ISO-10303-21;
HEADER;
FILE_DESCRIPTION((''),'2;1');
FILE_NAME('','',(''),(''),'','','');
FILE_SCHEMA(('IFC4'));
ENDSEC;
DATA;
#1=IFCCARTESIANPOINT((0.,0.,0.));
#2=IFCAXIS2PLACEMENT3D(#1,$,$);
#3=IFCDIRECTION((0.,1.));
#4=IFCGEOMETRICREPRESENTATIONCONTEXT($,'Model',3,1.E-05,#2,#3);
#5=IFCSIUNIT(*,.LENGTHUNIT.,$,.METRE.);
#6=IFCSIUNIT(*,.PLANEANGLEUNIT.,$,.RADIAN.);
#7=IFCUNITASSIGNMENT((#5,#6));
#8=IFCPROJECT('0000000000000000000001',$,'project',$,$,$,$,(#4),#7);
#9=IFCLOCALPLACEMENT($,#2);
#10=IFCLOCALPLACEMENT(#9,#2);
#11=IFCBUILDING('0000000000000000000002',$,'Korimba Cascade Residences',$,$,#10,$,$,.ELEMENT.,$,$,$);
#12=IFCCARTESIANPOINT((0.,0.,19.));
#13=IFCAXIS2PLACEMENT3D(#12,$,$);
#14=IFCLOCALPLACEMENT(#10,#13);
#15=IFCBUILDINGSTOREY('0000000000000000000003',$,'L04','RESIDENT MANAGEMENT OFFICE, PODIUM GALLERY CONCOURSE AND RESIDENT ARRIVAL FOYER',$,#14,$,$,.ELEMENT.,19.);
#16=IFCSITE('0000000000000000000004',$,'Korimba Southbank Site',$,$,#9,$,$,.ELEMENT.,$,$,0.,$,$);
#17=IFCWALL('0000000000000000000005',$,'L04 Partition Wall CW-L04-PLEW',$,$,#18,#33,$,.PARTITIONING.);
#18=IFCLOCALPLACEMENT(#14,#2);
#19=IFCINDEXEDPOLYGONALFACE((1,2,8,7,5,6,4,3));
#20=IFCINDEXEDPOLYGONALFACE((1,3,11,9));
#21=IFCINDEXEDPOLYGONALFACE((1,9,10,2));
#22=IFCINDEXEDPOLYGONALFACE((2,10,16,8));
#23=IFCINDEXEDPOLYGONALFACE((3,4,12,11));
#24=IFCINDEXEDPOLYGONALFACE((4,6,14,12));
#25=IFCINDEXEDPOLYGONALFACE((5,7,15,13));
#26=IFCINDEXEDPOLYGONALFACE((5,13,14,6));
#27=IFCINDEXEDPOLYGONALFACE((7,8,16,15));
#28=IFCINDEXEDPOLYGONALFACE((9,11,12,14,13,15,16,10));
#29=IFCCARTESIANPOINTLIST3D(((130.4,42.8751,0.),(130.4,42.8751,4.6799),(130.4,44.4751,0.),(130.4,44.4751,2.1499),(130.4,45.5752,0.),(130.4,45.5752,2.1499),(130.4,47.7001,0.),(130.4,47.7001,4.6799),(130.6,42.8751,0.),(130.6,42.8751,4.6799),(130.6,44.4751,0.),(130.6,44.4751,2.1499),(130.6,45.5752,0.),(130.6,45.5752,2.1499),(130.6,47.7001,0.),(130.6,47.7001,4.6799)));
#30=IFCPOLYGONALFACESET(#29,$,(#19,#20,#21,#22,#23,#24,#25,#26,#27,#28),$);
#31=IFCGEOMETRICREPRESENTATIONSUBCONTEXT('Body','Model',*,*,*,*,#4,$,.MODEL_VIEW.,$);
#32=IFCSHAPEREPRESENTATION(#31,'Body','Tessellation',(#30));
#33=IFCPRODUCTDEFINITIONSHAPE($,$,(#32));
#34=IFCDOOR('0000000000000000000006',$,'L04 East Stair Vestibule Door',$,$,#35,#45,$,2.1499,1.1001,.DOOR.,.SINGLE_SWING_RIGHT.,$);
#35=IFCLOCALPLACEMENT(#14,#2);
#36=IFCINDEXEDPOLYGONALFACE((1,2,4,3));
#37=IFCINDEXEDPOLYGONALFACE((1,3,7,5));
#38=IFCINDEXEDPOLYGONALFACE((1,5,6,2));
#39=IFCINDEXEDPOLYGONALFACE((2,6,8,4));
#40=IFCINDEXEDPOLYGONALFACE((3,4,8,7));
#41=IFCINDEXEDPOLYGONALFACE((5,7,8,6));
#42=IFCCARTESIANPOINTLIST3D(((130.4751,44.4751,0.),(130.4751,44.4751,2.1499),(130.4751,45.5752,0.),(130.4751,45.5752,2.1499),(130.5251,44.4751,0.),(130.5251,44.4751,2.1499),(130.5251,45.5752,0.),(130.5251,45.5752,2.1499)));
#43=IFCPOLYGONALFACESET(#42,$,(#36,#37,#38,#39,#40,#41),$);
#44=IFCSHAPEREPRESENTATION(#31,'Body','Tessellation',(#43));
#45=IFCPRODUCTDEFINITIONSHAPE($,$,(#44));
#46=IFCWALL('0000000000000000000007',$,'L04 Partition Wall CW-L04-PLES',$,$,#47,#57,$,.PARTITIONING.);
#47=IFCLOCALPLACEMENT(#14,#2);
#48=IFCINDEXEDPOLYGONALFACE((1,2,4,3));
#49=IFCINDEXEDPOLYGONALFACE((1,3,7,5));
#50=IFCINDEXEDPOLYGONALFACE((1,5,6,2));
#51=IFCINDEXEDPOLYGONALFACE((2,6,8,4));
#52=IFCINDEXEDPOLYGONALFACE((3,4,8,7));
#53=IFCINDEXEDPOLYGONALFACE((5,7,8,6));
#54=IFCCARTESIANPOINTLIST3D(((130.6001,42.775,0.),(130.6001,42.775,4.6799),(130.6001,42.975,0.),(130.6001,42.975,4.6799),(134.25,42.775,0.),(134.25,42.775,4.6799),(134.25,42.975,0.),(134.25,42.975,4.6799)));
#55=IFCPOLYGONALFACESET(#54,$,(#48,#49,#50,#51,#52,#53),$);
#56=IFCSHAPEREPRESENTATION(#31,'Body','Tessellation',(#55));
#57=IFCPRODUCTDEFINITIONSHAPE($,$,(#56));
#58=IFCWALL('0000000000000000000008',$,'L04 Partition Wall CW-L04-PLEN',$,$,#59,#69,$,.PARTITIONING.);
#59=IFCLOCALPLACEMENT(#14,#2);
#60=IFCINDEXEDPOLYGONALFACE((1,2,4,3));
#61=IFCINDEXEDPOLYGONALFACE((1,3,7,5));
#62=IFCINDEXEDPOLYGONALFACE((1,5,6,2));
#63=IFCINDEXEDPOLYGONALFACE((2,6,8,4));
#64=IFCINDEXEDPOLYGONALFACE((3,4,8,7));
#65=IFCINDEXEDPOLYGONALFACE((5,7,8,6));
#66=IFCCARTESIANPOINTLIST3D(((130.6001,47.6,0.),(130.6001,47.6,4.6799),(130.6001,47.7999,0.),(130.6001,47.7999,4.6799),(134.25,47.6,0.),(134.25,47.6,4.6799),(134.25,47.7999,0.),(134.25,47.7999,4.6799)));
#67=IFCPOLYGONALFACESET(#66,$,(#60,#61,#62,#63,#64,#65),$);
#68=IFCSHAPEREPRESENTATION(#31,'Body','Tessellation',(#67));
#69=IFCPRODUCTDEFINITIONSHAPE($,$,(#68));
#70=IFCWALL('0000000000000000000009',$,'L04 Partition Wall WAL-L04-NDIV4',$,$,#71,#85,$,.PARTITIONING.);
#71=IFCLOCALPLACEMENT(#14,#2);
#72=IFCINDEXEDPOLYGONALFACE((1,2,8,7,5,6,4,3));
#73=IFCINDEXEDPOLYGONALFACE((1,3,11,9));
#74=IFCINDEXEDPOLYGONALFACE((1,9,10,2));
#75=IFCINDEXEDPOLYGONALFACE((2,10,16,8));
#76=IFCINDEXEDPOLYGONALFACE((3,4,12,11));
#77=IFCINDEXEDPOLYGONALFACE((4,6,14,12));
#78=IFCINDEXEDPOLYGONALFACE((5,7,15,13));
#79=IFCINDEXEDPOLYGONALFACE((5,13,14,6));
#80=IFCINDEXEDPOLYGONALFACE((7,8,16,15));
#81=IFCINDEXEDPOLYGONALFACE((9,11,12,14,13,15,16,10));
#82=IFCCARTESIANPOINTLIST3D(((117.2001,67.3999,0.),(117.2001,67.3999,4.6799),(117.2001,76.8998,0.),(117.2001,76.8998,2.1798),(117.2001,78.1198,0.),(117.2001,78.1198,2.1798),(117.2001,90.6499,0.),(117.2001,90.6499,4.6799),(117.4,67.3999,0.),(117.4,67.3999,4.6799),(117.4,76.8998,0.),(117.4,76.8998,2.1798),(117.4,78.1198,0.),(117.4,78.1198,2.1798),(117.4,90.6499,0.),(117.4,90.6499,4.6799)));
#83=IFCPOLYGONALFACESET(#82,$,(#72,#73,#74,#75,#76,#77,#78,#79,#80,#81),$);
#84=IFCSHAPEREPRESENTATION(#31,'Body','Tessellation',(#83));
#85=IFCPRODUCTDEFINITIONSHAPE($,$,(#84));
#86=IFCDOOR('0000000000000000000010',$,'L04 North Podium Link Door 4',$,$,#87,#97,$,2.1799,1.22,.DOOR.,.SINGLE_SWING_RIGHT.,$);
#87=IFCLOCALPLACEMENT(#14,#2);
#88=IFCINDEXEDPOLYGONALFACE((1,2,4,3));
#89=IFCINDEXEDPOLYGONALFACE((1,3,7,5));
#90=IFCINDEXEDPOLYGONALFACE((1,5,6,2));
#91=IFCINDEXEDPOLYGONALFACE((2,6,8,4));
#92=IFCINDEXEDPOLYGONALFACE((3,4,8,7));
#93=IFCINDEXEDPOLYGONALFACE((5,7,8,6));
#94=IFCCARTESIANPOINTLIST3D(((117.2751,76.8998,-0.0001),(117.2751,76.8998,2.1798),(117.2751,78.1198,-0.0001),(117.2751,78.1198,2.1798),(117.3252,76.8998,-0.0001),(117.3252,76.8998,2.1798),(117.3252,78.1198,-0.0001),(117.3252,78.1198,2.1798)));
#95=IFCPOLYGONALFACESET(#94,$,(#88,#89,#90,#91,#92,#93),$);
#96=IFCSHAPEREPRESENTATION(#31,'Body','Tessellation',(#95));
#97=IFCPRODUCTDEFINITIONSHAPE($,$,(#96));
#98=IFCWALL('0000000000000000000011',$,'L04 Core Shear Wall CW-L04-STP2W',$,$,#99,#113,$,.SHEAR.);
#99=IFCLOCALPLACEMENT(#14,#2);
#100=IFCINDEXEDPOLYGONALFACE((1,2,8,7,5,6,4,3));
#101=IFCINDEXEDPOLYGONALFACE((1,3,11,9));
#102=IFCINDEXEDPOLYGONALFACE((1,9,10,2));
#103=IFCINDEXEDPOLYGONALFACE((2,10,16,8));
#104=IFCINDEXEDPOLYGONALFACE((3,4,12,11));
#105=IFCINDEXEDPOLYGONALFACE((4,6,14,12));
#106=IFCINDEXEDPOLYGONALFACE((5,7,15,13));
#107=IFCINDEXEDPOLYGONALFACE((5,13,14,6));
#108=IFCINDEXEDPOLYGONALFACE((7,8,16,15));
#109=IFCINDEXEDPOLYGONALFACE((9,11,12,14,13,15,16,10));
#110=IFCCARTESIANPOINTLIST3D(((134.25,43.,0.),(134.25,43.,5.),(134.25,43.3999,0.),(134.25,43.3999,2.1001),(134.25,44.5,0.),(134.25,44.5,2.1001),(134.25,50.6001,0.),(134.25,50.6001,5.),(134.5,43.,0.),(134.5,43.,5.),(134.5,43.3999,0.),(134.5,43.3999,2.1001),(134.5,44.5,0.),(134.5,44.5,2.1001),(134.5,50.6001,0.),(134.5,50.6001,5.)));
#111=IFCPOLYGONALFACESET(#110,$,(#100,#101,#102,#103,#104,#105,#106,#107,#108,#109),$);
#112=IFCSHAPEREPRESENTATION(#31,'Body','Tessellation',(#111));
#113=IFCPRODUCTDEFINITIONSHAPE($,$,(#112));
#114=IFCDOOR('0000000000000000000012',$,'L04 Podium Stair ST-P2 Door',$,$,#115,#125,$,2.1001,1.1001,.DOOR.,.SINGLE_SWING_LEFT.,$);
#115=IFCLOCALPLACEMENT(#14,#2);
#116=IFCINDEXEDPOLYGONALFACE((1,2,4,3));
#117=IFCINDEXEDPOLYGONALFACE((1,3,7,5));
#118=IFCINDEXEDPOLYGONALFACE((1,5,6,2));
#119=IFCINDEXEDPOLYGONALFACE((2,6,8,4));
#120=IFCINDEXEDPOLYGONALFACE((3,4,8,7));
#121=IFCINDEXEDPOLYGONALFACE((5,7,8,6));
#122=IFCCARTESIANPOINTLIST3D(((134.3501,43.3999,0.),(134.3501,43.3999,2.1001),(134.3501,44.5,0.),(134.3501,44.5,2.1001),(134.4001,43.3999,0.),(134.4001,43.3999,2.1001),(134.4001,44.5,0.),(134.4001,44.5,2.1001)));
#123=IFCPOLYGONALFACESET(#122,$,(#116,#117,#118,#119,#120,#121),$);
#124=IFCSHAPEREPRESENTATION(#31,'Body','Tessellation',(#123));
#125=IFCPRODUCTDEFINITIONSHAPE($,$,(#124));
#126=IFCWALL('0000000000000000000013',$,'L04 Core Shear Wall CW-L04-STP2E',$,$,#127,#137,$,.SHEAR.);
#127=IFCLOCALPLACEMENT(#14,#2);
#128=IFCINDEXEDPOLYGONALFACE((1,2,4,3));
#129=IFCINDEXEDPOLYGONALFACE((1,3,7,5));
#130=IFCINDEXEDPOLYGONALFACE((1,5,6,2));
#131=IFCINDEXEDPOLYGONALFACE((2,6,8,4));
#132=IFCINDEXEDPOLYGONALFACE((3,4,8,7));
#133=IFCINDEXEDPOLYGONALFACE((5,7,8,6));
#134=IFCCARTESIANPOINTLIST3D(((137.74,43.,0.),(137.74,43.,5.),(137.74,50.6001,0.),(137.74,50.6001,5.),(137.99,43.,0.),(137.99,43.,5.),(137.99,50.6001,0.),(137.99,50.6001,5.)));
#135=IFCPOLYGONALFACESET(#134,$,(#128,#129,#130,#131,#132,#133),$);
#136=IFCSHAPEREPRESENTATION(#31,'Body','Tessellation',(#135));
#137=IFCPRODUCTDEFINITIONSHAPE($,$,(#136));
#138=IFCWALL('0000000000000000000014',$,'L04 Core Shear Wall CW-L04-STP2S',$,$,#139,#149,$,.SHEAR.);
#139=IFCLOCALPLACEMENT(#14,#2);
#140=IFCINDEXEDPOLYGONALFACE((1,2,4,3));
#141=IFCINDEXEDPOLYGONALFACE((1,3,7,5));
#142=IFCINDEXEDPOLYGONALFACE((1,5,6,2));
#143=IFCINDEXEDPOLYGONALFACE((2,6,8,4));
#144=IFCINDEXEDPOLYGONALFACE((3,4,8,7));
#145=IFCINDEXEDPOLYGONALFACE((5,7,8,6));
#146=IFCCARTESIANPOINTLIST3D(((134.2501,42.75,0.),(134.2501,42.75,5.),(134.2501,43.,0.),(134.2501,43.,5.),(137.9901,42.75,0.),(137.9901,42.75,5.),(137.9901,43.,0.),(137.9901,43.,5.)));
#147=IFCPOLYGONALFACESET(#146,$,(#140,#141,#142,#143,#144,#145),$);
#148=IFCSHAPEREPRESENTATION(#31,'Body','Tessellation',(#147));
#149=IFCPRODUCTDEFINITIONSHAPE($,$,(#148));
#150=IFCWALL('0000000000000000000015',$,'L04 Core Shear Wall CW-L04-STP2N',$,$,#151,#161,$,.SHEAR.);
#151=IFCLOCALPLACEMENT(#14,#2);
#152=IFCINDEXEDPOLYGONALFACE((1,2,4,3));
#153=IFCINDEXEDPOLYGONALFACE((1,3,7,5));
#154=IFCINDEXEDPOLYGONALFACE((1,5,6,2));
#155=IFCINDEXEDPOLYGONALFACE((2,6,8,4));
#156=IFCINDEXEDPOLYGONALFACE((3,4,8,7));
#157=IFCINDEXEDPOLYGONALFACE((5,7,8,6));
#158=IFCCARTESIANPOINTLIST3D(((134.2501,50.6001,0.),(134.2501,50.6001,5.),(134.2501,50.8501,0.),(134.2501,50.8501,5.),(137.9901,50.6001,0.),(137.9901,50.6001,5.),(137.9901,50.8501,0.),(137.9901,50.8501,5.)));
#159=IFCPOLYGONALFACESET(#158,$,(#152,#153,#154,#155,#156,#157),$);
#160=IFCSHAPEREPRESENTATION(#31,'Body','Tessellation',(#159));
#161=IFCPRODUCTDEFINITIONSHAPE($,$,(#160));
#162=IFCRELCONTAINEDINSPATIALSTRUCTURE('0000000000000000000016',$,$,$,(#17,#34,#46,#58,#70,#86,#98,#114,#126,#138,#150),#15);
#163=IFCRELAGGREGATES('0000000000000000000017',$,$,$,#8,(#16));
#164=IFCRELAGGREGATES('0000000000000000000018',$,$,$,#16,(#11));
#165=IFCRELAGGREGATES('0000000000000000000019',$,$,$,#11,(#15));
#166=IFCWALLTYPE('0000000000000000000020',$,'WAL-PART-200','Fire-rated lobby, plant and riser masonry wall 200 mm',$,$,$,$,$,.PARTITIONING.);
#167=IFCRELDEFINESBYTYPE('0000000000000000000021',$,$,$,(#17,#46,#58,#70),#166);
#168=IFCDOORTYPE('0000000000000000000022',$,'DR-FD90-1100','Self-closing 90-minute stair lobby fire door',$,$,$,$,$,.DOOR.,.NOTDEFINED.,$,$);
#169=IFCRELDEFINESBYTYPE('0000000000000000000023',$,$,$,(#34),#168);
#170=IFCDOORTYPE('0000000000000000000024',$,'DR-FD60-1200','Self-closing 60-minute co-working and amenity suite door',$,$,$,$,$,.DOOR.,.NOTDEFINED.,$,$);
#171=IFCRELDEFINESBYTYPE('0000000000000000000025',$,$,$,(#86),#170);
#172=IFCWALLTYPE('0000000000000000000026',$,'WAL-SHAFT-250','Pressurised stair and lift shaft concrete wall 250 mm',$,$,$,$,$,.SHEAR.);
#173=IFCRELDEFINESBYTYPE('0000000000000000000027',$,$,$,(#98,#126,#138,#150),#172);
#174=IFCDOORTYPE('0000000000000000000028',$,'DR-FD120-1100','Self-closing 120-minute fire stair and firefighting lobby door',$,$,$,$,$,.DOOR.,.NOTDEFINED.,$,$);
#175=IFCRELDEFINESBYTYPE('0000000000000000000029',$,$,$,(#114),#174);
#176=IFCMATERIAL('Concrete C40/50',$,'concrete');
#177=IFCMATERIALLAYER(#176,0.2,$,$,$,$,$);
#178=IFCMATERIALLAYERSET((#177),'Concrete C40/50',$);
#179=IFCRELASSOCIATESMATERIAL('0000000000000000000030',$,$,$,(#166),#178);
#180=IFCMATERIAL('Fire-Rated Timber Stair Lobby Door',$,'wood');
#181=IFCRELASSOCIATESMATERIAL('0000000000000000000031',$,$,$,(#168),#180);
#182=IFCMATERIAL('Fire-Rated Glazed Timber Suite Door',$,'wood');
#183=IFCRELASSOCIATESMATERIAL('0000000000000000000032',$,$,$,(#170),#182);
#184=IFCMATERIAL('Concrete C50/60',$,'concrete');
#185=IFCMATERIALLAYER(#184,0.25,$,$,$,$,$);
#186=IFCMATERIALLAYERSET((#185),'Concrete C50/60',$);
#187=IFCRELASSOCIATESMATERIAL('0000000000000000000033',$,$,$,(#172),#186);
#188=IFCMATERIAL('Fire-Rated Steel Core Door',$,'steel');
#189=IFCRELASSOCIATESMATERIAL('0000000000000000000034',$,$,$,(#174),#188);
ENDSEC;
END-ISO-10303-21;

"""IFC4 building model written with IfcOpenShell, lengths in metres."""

from ifc_helpers import new_model, si_unit, direction, frame, frame_2d, origin, place, context, subcontext, project, spatial, rectangle, extrude, material, layer, layer_set, type_object, element, fill, save


model = new_model("IFC4")

# Units and contexts
model_context = context("Model", 3, precision=1e-05, world=origin(), true_north=direction((0.0, 1.0)))
body_context = subcontext(model_context, "Body", "Model", "MODEL_VIEW")
ifc_project = project(units=[si_unit("LENGTHUNIT", "METRE"), si_unit("PLANEANGLEUNIT", "RADIAN")], contexts=[model_context])

# Site, building, storey
site_placement = place(None, origin())
site = spatial("IfcSite", under=ifc_project, at=site_placement, Name="Korimba Southbank Site", CompositionType="ELEMENT", RefElevation=0.0)
building_placement = place(site_placement, origin())
building = spatial("IfcBuilding", under=site, at=building_placement, Name="Korimba Cascade Residences", CompositionType="ELEMENT")
storey_placement = place(building_placement, frame((0.0, 0.0, 19.0)))
storey = spatial("IfcBuildingStorey", under=building, at=storey_placement, Name="L04", Description="RESIDENT MANAGEMENT OFFICE, PODIUM GALLERY CONCOURSE AND RESIDENT ARRIVAL FOYER", CompositionType="ELEMENT", Elevation=19.0)

# Wall, opening, door
ifc_material_1 = material(Name="Concrete C40/50", Category="concrete")
ifc_layer_1 = layer(ifc_material_1, 0.2)
ifc_layer_set_1 = layer_set([ifc_layer_1], Name="Concrete C40/50")
wall_type_1 = type_object("IfcWallType", Name="WAL-PART-200", Description="Fire-rated lobby, plant and riser masonry wall 200 mm", PredefinedType="PARTITIONING", material=ifc_layer_set_1)
wall_1_placement = place(storey_placement, frame((130.5, 42.875, 0.0), z_axis=(0.0, 0.0, 1.0), x_axis=(0.0, 1.0, 0.0)))
wall_1 = element("IfcWall", 1, at=wall_1_placement, inside=storey, type_object=wall_type_1, Name="L04 Partition Wall CW-L04-PLEW", PredefinedType="PARTITIONING", context=body_context, shape_type="SweptSolid", body=[
    extrude(rectangle(XDim=4.825, YDim=0.2, at=frame_2d((2.4126, 0.0))), origin(), (0.0, 0.0, 1.0), 4.6799),
])
opening_1_placement = place(wall_1_placement, frame((1.6001, 0.0, 0.0)))
opening_1 = element("IfcOpeningElement", 2, at=opening_1_placement, cuts=wall_1, PredefinedType="OPENING", context=body_context, shape_type="SweptSolid", body=[
    extrude(rectangle(XDim=1.1001, YDim=2.1499, at=frame_2d((0.55, 1.075))), frame((0.0, 0.1099, 0.0), z_axis=(0.0, -1.0, 0.0), x_axis=(1.0, 0.0, 0.0)), (0.0, 0.0, 1.0), 0.22),
])
ifc_material_2 = material(Name="Fire-Rated Timber Stair Lobby Door", Category="wood")
door_type_1 = type_object("IfcDoorType", Name="DR-FD90-1100", Description="Self-closing 90-minute stair lobby fire door", OperationType="NOTDEFINED", PredefinedType="DOOR", material=ifc_material_2)
door_1_placement = place(opening_1_placement, origin())
door_1 = element("IfcDoor", 3, at=door_1_placement, inside=storey, type_object=door_type_1, Name="L04 East Stair Vestibule Door", OperationType="SINGLE_SWING_RIGHT", OverallHeight=2.1499, OverallWidth=1.1001, PredefinedType="DOOR", context=body_context, shape_type="SweptSolid", body=[
    extrude(rectangle(XDim=1.1001, YDim=2.1499, at=frame_2d((0.55, 1.075))), frame((0.0, 0.0249, 0.0), z_axis=(0.0, -1.0, 0.0), x_axis=(1.0, 0.0, 0.0)), (0.0, 0.0, 1.0), 0.05),
])
fill(opening_1, door_1)

# Walls
for number, where, z_axis, x_axis, name in (
    (4, (130.6001, 42.875, 0.0), (0.0, 0.0, 1.0), (1.0, 0.0, 0.0), "L04 Partition Wall CW-L04-PLES"),
    (5, (130.6001, 47.7, 0.0), (0.0, 0.0, 1.0), (1.0, 0.0, 0.0), "L04 Partition Wall CW-L04-PLEN"),
):
    element("IfcWall", number, at=place(storey_placement, frame(where, z_axis=z_axis, x_axis=x_axis)), inside=storey, type_object=wall_type_1, Name=name, PredefinedType="PARTITIONING", context=body_context, shape_type="SweptSolid", body=[
        extrude(rectangle(XDim=3.6499, YDim=0.2, at=frame_2d((1.825, 0.0))), origin(), (0.0, 0.0, 1.0), 4.6799),
    ])

# Walls, openings, doors
wall_2_placement = place(storey_placement, frame((117.3, 67.3999, 0.0), z_axis=(0.0, 0.0, 1.0), x_axis=(0.0, 1.0, 0.0)))
wall_2 = element("IfcWall", 6, at=wall_2_placement, inside=storey, type_object=wall_type_1, Name="L04 Partition Wall WAL-L04-NDIV4", PredefinedType="PARTITIONING", context=body_context, shape_type="SweptSolid", body=[
    extrude(rectangle(XDim=23.25, YDim=0.2, at=frame_2d((11.625, 0.0))), origin(), (0.0, 0.0, 1.0), 4.6799),
])
opening_2_placement = place(wall_2_placement, frame((9.5, 0.0, 0.0)))
opening_2 = element("IfcOpeningElement", 7, at=opening_2_placement, cuts=wall_2, PredefinedType="OPENING", context=body_context, shape_type="SweptSolid", body=[
    extrude(rectangle(XDim=1.22, YDim=2.1799, at=frame_2d((0.6099, 1.0898))), frame((0.0, 0.1099, 0.0), z_axis=(0.0, -1.0, 0.0), x_axis=(1.0, 0.0, 0.0)), (0.0, 0.0, 1.0), 0.22),
])
ifc_material_3 = material(Name="Fire-Rated Glazed Timber Suite Door", Category="wood")
door_type_2 = type_object("IfcDoorType", Name="DR-FD60-1200", Description="Self-closing 60-minute co-working and amenity suite door", OperationType="NOTDEFINED", PredefinedType="DOOR", material=ifc_material_3)
door_2_placement = place(opening_2_placement, origin())
door_2 = element("IfcDoor", 8, at=door_2_placement, inside=storey, type_object=door_type_2, Name="L04 North Podium Link Door 4", OperationType="SINGLE_SWING_RIGHT", OverallHeight=2.1799, OverallWidth=1.22, PredefinedType="DOOR", context=body_context, shape_type="SweptSolid", body=[
    extrude(rectangle(XDim=1.22, YDim=2.1799, at=frame_2d((0.6099, 1.0898))), frame((0.0, 0.0249, 0.0), z_axis=(0.0, -1.0, 0.0), x_axis=(1.0, 0.0, 0.0)), (0.0, 0.0, 1.0), 0.05),
])
fill(opening_2, door_2)
ifc_material_4 = material(Name="Concrete C50/60", Category="concrete")
ifc_layer_2 = layer(ifc_material_4, 0.25)
ifc_layer_set_2 = layer_set([ifc_layer_2], Name="Concrete C50/60")
wall_type_2 = type_object("IfcWallType", Name="WAL-SHAFT-250", Description="Pressurised stair and lift shaft concrete wall 250 mm", PredefinedType="SHEAR", material=ifc_layer_set_2)
wall_3_placement = place(storey_placement, frame((134.375, 43.0, 0.0), z_axis=(0.0, 0.0, 1.0), x_axis=(0.0, 1.0, 0.0)))
wall_3 = element("IfcWall", 9, at=wall_3_placement, inside=storey, type_object=wall_type_2, Name="L04 Core Shear Wall CW-L04-STP2W", PredefinedType="SHEAR", context=body_context, shape_type="SweptSolid", body=[
    extrude(rectangle(XDim=7.6001, YDim=0.25, at=frame_2d((3.8, 0.0))), origin(), (0.0, 0.0, 1.0), 5.0),
])
opening_3_placement = place(wall_3_placement, frame((0.3999, 0.0, 0.0)))
opening_3 = element("IfcOpeningElement", 10, at=opening_3_placement, cuts=wall_3, PredefinedType="OPENING", context=body_context, shape_type="SweptSolid", body=[
    extrude(rectangle(XDim=1.1001, YDim=2.1001, at=frame_2d((0.55, 1.05))), frame((0.0, 0.135, 0.0), z_axis=(0.0, -1.0, 0.0), x_axis=(1.0, 0.0, 0.0)), (0.0, 0.0, 1.0), 0.27),
])
ifc_material_5 = material(Name="Fire-Rated Steel Core Door", Category="steel")
door_type_3 = type_object("IfcDoorType", Name="DR-FD120-1100", Description="Self-closing 120-minute fire stair and firefighting lobby door", OperationType="NOTDEFINED", PredefinedType="DOOR", material=ifc_material_5)
door_3_placement = place(opening_3_placement, origin())
door_3 = element("IfcDoor", 11, at=door_3_placement, inside=storey, type_object=door_type_3, Name="L04 Podium Stair ST-P2 Door", OperationType="SINGLE_SWING_LEFT", OverallHeight=2.1001, OverallWidth=1.1001, PredefinedType="DOOR", context=body_context, shape_type="SweptSolid", body=[
    extrude(rectangle(XDim=1.1001, YDim=2.1001, at=frame_2d((0.55, 1.05))), frame((0.0, 0.0249, 0.0), z_axis=(0.0, -1.0, 0.0), x_axis=(1.0, 0.0, 0.0)), (0.0, 0.0, 1.0), 0.05),
])
fill(opening_3, door_3)

# Walls
wall_4_placement = place(storey_placement, frame((137.865, 43.0, 0.0), z_axis=(0.0, 0.0, 1.0), x_axis=(0.0, 1.0, 0.0)))
element("IfcWall", 12, at=wall_4_placement, inside=storey, type_object=wall_type_2, Name="L04 Core Shear Wall CW-L04-STP2E", PredefinedType="SHEAR", context=body_context, shape_type="SweptSolid", body=[
    extrude(rectangle(XDim=7.6001, YDim=0.25, at=frame_2d((3.8, 0.0))), origin(), (0.0, 0.0, 1.0), 5.0),
])
for number, where, z_axis, x_axis, name in (
    (13, (134.25, 42.875, 0.0), (0.0, 0.0, 1.0), (1.0, 0.0, 0.0), "L04 Core Shear Wall CW-L04-STP2S"),
    (14, (134.25, 50.7251, 0.0), (0.0, 0.0, 1.0), (1.0, 0.0, 0.0), "L04 Core Shear Wall CW-L04-STP2N"),
):
    element("IfcWall", number, at=place(storey_placement, frame(where, z_axis=z_axis, x_axis=x_axis)), inside=storey, type_object=wall_type_2, Name=name, PredefinedType="SHEAR", context=body_context, shape_type="SweptSolid", body=[
        extrude(rectangle(XDim=3.74, YDim=0.25, at=frame_2d((1.8701, 0.0))), origin(), (0.0, 0.0, 1.0), 5.0),
    ])

save(model, "model.ifc")
